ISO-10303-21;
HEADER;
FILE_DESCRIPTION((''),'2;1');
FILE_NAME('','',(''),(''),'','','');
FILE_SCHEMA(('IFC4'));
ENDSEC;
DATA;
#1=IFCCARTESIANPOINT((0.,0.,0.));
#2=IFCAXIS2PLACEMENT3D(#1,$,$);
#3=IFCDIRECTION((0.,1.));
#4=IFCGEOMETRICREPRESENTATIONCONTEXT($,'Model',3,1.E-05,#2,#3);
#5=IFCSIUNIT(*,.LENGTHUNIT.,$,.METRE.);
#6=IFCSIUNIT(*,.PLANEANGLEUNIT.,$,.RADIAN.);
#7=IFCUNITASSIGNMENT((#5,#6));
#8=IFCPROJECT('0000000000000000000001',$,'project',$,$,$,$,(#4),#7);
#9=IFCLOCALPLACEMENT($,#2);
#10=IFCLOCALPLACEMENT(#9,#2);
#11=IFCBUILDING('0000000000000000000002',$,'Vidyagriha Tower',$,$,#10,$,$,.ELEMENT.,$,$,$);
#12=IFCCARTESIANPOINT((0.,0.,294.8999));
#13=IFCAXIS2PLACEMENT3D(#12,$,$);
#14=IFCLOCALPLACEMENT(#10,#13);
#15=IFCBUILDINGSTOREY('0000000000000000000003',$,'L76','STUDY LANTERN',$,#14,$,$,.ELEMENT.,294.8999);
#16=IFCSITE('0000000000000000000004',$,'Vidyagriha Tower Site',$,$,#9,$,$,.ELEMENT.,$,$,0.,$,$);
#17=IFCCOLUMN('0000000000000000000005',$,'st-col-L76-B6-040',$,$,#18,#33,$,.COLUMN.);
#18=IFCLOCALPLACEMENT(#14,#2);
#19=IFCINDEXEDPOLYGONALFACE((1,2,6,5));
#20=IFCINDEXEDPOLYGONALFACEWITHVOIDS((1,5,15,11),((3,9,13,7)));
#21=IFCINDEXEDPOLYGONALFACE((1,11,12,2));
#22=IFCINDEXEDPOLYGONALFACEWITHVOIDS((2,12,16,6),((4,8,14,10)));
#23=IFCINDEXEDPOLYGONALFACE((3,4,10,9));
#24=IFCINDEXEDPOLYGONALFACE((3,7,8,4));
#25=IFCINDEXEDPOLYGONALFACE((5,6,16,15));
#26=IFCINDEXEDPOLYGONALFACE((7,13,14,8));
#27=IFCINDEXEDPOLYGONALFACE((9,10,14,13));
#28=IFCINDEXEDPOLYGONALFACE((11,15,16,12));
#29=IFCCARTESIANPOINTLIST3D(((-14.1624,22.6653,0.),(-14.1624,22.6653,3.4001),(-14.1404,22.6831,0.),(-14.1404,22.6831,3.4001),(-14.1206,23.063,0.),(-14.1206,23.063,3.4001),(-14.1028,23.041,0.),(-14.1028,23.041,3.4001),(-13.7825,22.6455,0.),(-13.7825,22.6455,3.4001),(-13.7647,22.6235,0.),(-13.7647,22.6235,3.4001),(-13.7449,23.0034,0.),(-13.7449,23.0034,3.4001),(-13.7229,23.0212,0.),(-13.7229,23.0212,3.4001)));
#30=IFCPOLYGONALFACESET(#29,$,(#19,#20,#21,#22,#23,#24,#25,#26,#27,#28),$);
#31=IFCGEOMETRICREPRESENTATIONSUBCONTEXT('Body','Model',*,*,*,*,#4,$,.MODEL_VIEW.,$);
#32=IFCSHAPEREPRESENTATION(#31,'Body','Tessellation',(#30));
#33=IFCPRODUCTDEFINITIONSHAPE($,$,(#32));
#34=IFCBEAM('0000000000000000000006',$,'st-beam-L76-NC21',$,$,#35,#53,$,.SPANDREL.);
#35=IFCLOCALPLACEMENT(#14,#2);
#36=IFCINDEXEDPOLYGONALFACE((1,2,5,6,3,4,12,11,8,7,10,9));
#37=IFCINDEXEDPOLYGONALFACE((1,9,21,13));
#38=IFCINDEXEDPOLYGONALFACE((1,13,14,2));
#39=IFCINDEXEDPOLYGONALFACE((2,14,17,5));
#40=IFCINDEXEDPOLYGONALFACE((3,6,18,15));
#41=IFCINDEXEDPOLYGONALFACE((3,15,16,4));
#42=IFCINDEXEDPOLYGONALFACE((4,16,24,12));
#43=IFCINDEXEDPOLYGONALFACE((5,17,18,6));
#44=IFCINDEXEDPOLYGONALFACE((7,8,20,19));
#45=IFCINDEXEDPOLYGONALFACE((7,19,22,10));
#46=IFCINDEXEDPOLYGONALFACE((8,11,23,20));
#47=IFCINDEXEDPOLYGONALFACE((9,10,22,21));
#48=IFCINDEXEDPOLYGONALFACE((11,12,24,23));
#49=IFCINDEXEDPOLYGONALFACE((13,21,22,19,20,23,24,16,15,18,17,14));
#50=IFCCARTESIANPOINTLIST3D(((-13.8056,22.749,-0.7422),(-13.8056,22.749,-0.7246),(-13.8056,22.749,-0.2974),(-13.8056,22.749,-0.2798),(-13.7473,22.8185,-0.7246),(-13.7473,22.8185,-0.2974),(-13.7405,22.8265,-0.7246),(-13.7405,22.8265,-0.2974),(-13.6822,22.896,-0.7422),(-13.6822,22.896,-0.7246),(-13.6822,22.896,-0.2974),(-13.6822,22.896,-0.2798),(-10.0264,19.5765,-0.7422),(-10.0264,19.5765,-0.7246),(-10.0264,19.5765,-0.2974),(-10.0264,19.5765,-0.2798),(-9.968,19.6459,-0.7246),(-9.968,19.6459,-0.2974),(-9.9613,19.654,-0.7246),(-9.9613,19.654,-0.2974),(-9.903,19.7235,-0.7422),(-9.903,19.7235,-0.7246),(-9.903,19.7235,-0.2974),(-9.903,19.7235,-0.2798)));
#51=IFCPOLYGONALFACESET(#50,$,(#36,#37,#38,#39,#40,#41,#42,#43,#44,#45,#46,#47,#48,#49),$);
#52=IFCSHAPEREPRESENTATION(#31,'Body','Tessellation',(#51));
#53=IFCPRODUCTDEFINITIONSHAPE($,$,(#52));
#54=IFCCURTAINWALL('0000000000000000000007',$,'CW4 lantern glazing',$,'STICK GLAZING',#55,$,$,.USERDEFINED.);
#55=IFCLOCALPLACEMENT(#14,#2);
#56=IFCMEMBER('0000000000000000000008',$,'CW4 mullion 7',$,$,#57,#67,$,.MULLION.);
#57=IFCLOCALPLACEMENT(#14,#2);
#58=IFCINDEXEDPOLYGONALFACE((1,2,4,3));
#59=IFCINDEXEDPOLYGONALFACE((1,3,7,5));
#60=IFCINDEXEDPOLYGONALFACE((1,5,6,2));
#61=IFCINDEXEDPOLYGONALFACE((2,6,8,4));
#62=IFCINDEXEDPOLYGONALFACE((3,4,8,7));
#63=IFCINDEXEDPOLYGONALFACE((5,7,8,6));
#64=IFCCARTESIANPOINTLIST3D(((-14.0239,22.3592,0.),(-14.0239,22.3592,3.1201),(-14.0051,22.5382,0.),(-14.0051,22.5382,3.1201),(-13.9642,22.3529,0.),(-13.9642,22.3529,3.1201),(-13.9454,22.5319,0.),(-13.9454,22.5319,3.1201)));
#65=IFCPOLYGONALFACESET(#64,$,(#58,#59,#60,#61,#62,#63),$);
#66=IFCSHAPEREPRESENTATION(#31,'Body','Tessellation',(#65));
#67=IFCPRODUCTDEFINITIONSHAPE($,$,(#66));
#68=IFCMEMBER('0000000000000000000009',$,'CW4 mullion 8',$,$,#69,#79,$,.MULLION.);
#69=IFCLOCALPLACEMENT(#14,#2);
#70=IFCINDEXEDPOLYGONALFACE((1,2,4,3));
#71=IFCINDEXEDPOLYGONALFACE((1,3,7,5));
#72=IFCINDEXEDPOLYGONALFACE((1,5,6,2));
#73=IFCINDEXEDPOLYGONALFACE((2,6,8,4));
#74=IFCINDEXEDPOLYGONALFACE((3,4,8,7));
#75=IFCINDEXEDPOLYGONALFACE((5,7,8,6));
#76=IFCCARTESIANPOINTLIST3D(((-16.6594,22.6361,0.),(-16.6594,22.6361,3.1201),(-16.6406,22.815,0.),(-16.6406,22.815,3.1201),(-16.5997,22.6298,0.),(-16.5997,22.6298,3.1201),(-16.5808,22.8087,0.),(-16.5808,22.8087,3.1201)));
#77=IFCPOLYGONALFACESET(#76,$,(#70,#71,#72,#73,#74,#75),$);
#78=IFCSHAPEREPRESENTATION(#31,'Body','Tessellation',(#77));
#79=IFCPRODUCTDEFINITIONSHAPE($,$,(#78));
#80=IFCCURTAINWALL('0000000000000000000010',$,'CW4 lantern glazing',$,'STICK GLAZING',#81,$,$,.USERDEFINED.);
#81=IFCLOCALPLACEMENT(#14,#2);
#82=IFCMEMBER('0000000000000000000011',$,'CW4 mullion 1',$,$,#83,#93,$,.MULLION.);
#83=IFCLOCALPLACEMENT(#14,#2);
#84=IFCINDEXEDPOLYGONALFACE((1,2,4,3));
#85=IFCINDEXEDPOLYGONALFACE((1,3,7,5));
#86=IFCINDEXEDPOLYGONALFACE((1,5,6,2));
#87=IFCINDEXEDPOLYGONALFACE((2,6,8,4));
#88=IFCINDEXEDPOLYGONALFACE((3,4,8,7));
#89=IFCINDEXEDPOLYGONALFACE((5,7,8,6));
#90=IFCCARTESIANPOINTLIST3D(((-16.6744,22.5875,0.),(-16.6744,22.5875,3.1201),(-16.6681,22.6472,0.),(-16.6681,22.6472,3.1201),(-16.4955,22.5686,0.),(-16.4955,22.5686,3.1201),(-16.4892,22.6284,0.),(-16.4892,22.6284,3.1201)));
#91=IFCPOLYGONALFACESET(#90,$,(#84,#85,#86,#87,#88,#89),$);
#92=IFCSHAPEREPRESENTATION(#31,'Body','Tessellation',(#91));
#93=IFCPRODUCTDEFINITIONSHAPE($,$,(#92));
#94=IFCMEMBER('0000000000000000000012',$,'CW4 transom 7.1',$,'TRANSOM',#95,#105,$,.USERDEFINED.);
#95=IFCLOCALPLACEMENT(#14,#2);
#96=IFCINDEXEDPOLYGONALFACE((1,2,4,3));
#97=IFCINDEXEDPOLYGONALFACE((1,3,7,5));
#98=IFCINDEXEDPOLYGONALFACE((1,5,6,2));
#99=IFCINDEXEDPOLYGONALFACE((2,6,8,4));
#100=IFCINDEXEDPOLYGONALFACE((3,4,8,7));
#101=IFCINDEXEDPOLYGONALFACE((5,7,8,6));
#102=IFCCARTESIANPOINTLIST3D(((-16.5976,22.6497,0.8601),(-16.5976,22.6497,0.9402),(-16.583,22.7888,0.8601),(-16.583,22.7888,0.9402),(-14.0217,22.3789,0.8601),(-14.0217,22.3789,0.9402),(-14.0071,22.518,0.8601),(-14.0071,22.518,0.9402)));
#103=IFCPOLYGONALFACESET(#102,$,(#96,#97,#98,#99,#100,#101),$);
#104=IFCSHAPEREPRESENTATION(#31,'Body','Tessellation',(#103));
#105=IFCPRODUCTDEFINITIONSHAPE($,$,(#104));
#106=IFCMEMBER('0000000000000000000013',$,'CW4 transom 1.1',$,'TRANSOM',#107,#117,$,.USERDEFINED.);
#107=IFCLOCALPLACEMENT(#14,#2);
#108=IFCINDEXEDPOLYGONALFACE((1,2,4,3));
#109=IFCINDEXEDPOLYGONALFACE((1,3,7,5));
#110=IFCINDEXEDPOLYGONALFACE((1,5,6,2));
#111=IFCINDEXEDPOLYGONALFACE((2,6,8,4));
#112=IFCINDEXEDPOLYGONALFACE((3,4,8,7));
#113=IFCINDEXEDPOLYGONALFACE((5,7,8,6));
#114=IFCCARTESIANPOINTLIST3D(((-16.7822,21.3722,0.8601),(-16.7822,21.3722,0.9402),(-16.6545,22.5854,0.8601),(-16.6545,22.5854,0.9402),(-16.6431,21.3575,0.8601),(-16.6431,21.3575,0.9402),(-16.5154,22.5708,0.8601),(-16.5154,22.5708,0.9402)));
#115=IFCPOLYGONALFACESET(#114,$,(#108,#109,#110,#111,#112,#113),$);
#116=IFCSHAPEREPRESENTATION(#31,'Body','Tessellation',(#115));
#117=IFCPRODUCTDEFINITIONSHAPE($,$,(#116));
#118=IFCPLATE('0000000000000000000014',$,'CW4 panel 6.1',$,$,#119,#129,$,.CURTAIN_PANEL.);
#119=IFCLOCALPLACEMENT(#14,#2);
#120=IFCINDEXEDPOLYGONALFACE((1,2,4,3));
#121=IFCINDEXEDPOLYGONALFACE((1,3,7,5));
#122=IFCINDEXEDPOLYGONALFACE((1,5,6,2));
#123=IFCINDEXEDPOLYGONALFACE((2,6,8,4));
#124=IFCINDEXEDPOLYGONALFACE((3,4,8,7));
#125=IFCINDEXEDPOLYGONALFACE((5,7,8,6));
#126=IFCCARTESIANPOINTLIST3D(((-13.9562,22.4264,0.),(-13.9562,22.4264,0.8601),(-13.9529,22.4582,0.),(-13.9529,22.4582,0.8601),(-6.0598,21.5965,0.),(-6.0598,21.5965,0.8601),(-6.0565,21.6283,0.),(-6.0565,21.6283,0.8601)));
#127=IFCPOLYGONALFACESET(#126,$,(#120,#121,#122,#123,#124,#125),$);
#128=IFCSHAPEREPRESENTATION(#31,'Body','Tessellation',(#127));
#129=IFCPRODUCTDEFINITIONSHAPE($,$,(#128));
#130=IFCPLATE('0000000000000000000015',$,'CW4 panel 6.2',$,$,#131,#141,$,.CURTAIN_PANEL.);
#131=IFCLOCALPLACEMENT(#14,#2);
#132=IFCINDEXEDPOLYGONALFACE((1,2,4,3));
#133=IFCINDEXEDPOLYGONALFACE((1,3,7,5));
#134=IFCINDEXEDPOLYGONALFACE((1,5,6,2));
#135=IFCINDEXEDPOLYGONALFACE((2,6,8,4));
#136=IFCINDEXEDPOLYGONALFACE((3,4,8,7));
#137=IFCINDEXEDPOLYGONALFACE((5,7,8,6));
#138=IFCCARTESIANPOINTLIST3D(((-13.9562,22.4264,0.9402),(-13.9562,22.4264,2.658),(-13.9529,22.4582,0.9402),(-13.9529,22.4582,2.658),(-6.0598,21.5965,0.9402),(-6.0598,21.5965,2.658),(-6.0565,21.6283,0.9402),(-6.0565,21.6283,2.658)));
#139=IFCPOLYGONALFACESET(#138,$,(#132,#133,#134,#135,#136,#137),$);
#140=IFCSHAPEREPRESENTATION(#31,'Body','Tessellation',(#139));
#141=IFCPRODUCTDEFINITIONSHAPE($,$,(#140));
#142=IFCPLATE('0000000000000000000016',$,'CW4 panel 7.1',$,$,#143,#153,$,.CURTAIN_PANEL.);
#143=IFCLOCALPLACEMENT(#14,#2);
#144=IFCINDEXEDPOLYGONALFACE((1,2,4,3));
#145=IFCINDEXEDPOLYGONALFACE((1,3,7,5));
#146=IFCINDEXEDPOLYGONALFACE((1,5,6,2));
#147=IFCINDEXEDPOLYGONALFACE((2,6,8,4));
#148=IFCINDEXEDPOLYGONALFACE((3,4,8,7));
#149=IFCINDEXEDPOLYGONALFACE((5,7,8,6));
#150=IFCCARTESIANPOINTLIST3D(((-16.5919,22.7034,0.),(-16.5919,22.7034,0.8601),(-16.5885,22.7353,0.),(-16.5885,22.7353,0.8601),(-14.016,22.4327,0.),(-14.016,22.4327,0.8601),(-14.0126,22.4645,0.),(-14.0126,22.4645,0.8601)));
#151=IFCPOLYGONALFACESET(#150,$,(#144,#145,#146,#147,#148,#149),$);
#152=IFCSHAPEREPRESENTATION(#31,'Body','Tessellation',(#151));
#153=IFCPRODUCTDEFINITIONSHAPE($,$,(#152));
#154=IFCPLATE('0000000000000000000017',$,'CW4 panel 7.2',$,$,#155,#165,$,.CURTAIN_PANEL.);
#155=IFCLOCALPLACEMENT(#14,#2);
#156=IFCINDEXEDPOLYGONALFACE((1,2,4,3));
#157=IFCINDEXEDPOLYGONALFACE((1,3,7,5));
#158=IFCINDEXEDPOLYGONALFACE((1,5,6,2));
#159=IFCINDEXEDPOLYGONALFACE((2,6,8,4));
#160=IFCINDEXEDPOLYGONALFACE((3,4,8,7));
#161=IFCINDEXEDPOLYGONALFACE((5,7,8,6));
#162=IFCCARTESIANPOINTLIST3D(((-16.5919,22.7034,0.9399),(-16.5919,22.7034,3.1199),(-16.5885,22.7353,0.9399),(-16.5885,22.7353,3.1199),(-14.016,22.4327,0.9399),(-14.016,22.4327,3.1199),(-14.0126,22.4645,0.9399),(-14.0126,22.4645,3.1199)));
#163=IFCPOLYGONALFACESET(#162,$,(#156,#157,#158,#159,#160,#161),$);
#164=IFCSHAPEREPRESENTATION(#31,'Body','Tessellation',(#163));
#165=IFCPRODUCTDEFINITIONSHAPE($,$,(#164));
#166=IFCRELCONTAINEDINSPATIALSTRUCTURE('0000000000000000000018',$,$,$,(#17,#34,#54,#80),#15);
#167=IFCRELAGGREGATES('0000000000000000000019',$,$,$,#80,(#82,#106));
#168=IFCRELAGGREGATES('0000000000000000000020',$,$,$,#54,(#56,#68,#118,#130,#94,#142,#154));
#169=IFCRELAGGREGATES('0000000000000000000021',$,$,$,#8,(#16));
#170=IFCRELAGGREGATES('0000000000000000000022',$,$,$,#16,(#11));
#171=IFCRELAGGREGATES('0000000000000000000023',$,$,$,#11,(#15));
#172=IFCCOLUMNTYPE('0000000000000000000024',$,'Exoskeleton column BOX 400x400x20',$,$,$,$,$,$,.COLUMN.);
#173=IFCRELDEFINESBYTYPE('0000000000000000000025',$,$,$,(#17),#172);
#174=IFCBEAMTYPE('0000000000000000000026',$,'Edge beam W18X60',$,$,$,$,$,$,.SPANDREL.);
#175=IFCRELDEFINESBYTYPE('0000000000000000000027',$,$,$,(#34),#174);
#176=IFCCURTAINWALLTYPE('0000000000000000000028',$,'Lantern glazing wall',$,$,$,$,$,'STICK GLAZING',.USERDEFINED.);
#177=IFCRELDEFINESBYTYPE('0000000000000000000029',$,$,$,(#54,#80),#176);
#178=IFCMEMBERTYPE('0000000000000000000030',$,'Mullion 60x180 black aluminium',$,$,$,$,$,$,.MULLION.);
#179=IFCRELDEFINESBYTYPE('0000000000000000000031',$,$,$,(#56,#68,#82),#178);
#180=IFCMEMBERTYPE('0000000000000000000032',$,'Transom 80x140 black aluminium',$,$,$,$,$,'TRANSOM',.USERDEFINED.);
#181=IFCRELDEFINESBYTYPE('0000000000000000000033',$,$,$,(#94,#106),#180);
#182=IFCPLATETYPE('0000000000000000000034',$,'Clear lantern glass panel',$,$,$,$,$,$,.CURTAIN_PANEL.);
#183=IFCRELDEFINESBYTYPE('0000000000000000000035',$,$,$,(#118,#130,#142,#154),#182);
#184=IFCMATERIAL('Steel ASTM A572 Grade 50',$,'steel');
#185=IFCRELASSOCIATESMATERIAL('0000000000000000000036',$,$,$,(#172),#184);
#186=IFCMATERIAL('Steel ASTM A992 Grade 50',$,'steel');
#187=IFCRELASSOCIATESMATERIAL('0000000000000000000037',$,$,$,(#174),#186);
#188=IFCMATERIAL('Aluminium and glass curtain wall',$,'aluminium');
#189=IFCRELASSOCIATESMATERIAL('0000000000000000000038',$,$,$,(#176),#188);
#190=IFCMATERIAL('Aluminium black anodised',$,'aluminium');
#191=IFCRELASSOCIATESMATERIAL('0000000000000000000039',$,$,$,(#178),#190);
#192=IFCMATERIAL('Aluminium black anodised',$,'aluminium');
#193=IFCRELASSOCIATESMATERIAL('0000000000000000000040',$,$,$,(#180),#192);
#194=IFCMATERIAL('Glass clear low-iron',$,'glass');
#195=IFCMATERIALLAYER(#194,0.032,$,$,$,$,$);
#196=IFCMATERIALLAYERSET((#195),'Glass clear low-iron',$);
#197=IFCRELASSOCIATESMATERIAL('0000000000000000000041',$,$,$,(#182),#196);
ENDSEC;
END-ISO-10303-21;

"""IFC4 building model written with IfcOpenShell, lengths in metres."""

from ifc_helpers import new_model, si_unit, direction, frame, origin, origin_2d, place, context, subcontext, project, spatial, rectangle, hollow_rectangle, i_section, extrude, material, layer, layer_set, material_profile, profile_set, type_object, element, aggregate, save


model = new_model("IFC4")

# Units and contexts
model_context = context("Model", 3, precision=1e-05, world=origin(), true_north=direction((0.0, 1.0)))
body_context = subcontext(model_context, "Body", "Model", "MODEL_VIEW")
ifc_project = project(units=[si_unit("LENGTHUNIT", "METRE"), si_unit("PLANEANGLEUNIT", "RADIAN")], contexts=[model_context])

# Site, building, storey
site_placement = place(None, origin())
site = spatial("IfcSite", under=ifc_project, at=site_placement, Name="Vidyagriha Tower Site", CompositionType="ELEMENT", RefElevation=0.0)
building_placement = place(site_placement, origin())
building = spatial("IfcBuilding", under=site, at=building_placement, Name="Vidyagriha Tower", CompositionType="ELEMENT")
storey_placement = place(building_placement, frame((0.0, 0.0, 294.8999)))
storey = spatial("IfcBuildingStorey", under=building, at=storey_placement, Name="L76", Description="STUDY LANTERN", CompositionType="ELEMENT", Elevation=294.8999)

# Column
ifc_material_1 = material(Name="Steel ASTM A572 Grade 50", Category="steel")
ifc_material_profile_1 = material_profile(ifc_material_1, hollow_rectangle(XDim=0.3999, YDim=0.3999, WallThickness=0.02, at=origin_2d()), Name="BOX 400x400x20")
ifc_profile_set_1 = profile_set([ifc_material_profile_1], Name="Steel ASTM A572 Grade 50")
column_type = type_object("IfcColumnType", Name="Exoskeleton column BOX 400x400x20", PredefinedType="COLUMN", material=ifc_profile_set_1)
column_placement = place(storey_placement, frame((-13.9426, 22.8433, 0.0), z_axis=(0.0, 0.0, 1.0), x_axis=(0.994522, -0.104528, 0.0)))
element("IfcColumn", 1, at=column_placement, inside=storey, type_object=column_type, Name="st-col-L76-B6-040", PredefinedType="COLUMN", context=body_context, shape_type="SweptSolid", body=[
    extrude(hollow_rectangle(XDim=0.3999, YDim=0.3999, WallThickness=0.02, at=origin_2d()), origin(), (0.0, 0.0, 1.0), 3.4001),
])

# Beam
ifc_material_2 = material(Name="Steel ASTM A992 Grade 50", Category="steel")
ifc_material_profile_2 = material_profile(ifc_material_2, i_section(OverallWidth=0.1919, OverallDepth=0.4624, WebThickness=0.0105, FlangeThickness=0.0176, at=origin_2d()), Name="W18X60")
ifc_profile_set_2 = profile_set([ifc_material_profile_2], Name="Steel ASTM A992 Grade 50")
beam_type = type_object("IfcBeamType", Name="Edge beam W18X60", PredefinedType="SPANDREL", material=ifc_profile_set_2)
beam_placement = place(storey_placement, frame((-13.7439, 22.8225, -0.511), z_axis=(0.765905, -0.642954, 0.0), x_axis=(0.642954, 0.765905, 0.0)))
element("IfcBeam", 2, at=beam_placement, inside=storey, type_object=beam_type, Name="st-beam-L76-NC21", PredefinedType="SPANDREL", context=body_context, shape_type="SweptSolid", body=[
    extrude(i_section(OverallWidth=0.1919, OverallDepth=0.4624, WebThickness=0.0105, FlangeThickness=0.0176, at=origin_2d()), origin(), (0.0, 0.0, 1.0), 4.9343),
])

# Curtain wall, members
ifc_material_3 = material(Name="Aluminium and glass curtain wall", Category="aluminium")
curtain_wall_type = type_object("IfcCurtainWallType", Name="Lantern glazing wall", ElementType="STICK GLAZING", PredefinedType="USERDEFINED", material=ifc_material_3)
curtain_wall_1_placement = place(storey_placement, origin())
curtain_wall_1 = element("IfcCurtainWall", 3, at=curtain_wall_1_placement, inside=storey, type_object=curtain_wall_type, Name="CW4 lantern glazing", ObjectType="STICK GLAZING", PredefinedType="USERDEFINED")
ifc_material_4 = material(Name="Aluminium black anodised", Category="aluminium")
ifc_material_profile_3 = material_profile(ifc_material_4, rectangle(XDim=0.1799, YDim=0.0601, at=origin_2d()), Name="Mullion 60x180 black aluminium")
ifc_profile_set_3 = profile_set([ifc_material_profile_3], Name="Aluminium black anodised")
member_type_1 = type_object("IfcMemberType", Name="Mullion 60x180 black aluminium", PredefinedType="MULLION", material=ifc_profile_set_3)
member_1_placement = place(storey_placement, frame((-13.9846, 22.4456, 0.0), z_axis=(0.0, 0.0, 1.0), x_axis=(-0.104528, -0.994522, 0.0)))
member_1 = element("IfcMember", 4, at=member_1_placement, type_object=member_type_1, Name="CW4 mullion 7", PredefinedType="MULLION", context=body_context, shape_type="SweptSolid", body=[
    extrude(rectangle(XDim=0.1799, YDim=0.0601, at=origin_2d()), origin(), (0.0, 0.0, 1.0), 3.1201),
])
member_2_placement = place(storey_placement, frame((-16.6201, 22.7224, 0.0), z_axis=(0.0, 0.0, 1.0), x_axis=(-0.104528, -0.994522, 0.0)))
member_2 = element("IfcMember", 5, at=member_2_placement, type_object=member_type_1, Name="CW4 mullion 8", PredefinedType="MULLION", context=body_context, shape_type="SweptSolid", body=[
    extrude(rectangle(XDim=0.1799, YDim=0.0601, at=origin_2d()), origin(), (0.0, 0.0, 1.0), 3.1201),
])

# Curtain wall, member
curtain_wall_2_placement = place(storey_placement, origin())
curtain_wall_2 = element("IfcCurtainWall", 6, at=curtain_wall_2_placement, inside=storey, type_object=curtain_wall_type, Name="CW4 lantern glazing", ObjectType="STICK GLAZING", PredefinedType="USERDEFINED")
member_3_placement = place(storey_placement, frame((-16.5818, 22.6079, 0.0), z_axis=(0.0, 0.0, 1.0), x_axis=(0.99452, -0.104549, 0.0)))
member_3 = element("IfcMember", 7, at=member_3_placement, type_object=member_type_1, Name="CW4 mullion 1", PredefinedType="MULLION", context=body_context, shape_type="SweptSolid", body=[
    extrude(rectangle(XDim=0.1799, YDim=0.0601, at=origin_2d()), origin(), (0.0, 0.0, 1.0), 3.1201),
])

# Members
ifc_material_5 = material(Name="Aluminium black anodised", Category="aluminium")
ifc_material_profile_4 = material_profile(ifc_material_5, rectangle(XDim=0.1399, YDim=0.0801, at=origin_2d()), Name="Transom 80x140 black aluminium")
ifc_profile_set_4 = profile_set([ifc_material_profile_4], Name="Aluminium black anodised")
member_type_2 = type_object("IfcMemberType", Name="Transom 80x140 black aluminium", ElementType="TRANSOM", PredefinedType="USERDEFINED", material=ifc_profile_set_4)
member_4_placement = place(storey_placement, frame((-14.0144, 22.4485, 0.9001), z_axis=(-0.994521, 0.104533, 0.0), x_axis=(-0.104533, -0.994521, 0.0)))
member_4 = element("IfcMember", 8, at=member_4_placement, type_object=member_type_2, Name="CW4 transom 7.1", ObjectType="TRANSOM", PredefinedType="USERDEFINED", context=body_context, shape_type="SweptSolid", body=[
    extrude(rectangle(XDim=0.1399, YDim=0.0801, at=origin_2d()), origin(), (0.0, 0.0, 1.0), 2.5901),
])
member_5_placement = place(storey_placement, frame((-16.585, 22.5781, 0.9001), z_axis=(-0.104654, -0.994509, 0.0), x_axis=(0.994509, -0.104654, 0.0)))
member_5 = element("IfcMember", 9, at=member_5_placement, type_object=member_type_2, Name="CW4 transom 1.1", ObjectType="TRANSOM", PredefinedType="USERDEFINED", context=body_context, shape_type="SweptSolid", body=[
    extrude(rectangle(XDim=0.1399, YDim=0.0801, at=origin_2d()), origin(), (0.0, 0.0, 1.0), 1.22),
])
aggregate(curtain_wall_2, [member_3, member_5])

# Plates
ifc_material_6 = material(Name="Glass clear low-iron", Category="glass")
ifc_layer = layer(ifc_material_6, 0.032)
ifc_layer_set = layer_set([ifc_layer], Name="Glass clear low-iron")
plate_type = type_object("IfcPlateType", Name="Clear lantern glass panel", PredefinedType="CURTAIN_PANEL", material=ifc_layer_set)
plate_1_placement = place(storey_placement, frame((-10.0063, 22.0273, 0.0), z_axis=(0.0, 0.0, 1.0), x_axis=(-0.994522, 0.104528, 0.0)))
plate_1 = element("IfcPlate", 10, at=plate_1_placement, type_object=plate_type, Name="CW4 panel 6.1", PredefinedType="CURTAIN_PANEL", context=body_context, shape_type="SweptSolid", body=[
    extrude(rectangle(XDim=7.9399, YDim=0.032, at=origin_2d()), origin(), (0.0, 0.0, 1.0), 0.8601),
])
plate_2_placement = place(storey_placement, frame((-10.0063, 22.0273, 0.9402), z_axis=(0.0, 0.0, 1.0), x_axis=(-0.994522, 0.104528, 0.0)))
plate_2 = element("IfcPlate", 11, at=plate_2_placement, type_object=plate_type, Name="CW4 panel 6.2", PredefinedType="CURTAIN_PANEL", context=body_context, shape_type="SweptSolid", body=[
    extrude(rectangle(XDim=7.9399, YDim=0.032, at=origin_2d()), origin(), (0.0, 0.0, 1.0), 1.7178),
])
plate_3_placement = place(storey_placement, frame((-15.3022, 22.584, 0.0), z_axis=(0.0, 0.0, 1.0), x_axis=(-0.994522, 0.104528, 0.0)))
plate_3 = element("IfcPlate", 12, at=plate_3_placement, type_object=plate_type, Name="CW4 panel 7.1", PredefinedType="CURTAIN_PANEL", context=body_context, shape_type="SweptSolid", body=[
    extrude(rectangle(XDim=2.5901, YDim=0.032, at=origin_2d()), origin(), (0.0, 0.0, 1.0), 0.8601),
])
plate_4_placement = place(storey_placement, frame((-15.3022, 22.584, 0.9399), z_axis=(0.0, 0.0, 1.0), x_axis=(-0.994522, 0.104528, 0.0)))
plate_4 = element("IfcPlate", 13, at=plate_4_placement, type_object=plate_type, Name="CW4 panel 7.2", PredefinedType="CURTAIN_PANEL", context=body_context, shape_type="SweptSolid", body=[
    extrude(rectangle(XDim=2.5901, YDim=0.032, at=origin_2d()), origin(), (0.0, 0.0, 1.0), 2.1799),
])
aggregate(curtain_wall_1, [member_1, member_2, plate_1, plate_2, member_4, plate_3, plate_4])

save(model, "model.ifc")
